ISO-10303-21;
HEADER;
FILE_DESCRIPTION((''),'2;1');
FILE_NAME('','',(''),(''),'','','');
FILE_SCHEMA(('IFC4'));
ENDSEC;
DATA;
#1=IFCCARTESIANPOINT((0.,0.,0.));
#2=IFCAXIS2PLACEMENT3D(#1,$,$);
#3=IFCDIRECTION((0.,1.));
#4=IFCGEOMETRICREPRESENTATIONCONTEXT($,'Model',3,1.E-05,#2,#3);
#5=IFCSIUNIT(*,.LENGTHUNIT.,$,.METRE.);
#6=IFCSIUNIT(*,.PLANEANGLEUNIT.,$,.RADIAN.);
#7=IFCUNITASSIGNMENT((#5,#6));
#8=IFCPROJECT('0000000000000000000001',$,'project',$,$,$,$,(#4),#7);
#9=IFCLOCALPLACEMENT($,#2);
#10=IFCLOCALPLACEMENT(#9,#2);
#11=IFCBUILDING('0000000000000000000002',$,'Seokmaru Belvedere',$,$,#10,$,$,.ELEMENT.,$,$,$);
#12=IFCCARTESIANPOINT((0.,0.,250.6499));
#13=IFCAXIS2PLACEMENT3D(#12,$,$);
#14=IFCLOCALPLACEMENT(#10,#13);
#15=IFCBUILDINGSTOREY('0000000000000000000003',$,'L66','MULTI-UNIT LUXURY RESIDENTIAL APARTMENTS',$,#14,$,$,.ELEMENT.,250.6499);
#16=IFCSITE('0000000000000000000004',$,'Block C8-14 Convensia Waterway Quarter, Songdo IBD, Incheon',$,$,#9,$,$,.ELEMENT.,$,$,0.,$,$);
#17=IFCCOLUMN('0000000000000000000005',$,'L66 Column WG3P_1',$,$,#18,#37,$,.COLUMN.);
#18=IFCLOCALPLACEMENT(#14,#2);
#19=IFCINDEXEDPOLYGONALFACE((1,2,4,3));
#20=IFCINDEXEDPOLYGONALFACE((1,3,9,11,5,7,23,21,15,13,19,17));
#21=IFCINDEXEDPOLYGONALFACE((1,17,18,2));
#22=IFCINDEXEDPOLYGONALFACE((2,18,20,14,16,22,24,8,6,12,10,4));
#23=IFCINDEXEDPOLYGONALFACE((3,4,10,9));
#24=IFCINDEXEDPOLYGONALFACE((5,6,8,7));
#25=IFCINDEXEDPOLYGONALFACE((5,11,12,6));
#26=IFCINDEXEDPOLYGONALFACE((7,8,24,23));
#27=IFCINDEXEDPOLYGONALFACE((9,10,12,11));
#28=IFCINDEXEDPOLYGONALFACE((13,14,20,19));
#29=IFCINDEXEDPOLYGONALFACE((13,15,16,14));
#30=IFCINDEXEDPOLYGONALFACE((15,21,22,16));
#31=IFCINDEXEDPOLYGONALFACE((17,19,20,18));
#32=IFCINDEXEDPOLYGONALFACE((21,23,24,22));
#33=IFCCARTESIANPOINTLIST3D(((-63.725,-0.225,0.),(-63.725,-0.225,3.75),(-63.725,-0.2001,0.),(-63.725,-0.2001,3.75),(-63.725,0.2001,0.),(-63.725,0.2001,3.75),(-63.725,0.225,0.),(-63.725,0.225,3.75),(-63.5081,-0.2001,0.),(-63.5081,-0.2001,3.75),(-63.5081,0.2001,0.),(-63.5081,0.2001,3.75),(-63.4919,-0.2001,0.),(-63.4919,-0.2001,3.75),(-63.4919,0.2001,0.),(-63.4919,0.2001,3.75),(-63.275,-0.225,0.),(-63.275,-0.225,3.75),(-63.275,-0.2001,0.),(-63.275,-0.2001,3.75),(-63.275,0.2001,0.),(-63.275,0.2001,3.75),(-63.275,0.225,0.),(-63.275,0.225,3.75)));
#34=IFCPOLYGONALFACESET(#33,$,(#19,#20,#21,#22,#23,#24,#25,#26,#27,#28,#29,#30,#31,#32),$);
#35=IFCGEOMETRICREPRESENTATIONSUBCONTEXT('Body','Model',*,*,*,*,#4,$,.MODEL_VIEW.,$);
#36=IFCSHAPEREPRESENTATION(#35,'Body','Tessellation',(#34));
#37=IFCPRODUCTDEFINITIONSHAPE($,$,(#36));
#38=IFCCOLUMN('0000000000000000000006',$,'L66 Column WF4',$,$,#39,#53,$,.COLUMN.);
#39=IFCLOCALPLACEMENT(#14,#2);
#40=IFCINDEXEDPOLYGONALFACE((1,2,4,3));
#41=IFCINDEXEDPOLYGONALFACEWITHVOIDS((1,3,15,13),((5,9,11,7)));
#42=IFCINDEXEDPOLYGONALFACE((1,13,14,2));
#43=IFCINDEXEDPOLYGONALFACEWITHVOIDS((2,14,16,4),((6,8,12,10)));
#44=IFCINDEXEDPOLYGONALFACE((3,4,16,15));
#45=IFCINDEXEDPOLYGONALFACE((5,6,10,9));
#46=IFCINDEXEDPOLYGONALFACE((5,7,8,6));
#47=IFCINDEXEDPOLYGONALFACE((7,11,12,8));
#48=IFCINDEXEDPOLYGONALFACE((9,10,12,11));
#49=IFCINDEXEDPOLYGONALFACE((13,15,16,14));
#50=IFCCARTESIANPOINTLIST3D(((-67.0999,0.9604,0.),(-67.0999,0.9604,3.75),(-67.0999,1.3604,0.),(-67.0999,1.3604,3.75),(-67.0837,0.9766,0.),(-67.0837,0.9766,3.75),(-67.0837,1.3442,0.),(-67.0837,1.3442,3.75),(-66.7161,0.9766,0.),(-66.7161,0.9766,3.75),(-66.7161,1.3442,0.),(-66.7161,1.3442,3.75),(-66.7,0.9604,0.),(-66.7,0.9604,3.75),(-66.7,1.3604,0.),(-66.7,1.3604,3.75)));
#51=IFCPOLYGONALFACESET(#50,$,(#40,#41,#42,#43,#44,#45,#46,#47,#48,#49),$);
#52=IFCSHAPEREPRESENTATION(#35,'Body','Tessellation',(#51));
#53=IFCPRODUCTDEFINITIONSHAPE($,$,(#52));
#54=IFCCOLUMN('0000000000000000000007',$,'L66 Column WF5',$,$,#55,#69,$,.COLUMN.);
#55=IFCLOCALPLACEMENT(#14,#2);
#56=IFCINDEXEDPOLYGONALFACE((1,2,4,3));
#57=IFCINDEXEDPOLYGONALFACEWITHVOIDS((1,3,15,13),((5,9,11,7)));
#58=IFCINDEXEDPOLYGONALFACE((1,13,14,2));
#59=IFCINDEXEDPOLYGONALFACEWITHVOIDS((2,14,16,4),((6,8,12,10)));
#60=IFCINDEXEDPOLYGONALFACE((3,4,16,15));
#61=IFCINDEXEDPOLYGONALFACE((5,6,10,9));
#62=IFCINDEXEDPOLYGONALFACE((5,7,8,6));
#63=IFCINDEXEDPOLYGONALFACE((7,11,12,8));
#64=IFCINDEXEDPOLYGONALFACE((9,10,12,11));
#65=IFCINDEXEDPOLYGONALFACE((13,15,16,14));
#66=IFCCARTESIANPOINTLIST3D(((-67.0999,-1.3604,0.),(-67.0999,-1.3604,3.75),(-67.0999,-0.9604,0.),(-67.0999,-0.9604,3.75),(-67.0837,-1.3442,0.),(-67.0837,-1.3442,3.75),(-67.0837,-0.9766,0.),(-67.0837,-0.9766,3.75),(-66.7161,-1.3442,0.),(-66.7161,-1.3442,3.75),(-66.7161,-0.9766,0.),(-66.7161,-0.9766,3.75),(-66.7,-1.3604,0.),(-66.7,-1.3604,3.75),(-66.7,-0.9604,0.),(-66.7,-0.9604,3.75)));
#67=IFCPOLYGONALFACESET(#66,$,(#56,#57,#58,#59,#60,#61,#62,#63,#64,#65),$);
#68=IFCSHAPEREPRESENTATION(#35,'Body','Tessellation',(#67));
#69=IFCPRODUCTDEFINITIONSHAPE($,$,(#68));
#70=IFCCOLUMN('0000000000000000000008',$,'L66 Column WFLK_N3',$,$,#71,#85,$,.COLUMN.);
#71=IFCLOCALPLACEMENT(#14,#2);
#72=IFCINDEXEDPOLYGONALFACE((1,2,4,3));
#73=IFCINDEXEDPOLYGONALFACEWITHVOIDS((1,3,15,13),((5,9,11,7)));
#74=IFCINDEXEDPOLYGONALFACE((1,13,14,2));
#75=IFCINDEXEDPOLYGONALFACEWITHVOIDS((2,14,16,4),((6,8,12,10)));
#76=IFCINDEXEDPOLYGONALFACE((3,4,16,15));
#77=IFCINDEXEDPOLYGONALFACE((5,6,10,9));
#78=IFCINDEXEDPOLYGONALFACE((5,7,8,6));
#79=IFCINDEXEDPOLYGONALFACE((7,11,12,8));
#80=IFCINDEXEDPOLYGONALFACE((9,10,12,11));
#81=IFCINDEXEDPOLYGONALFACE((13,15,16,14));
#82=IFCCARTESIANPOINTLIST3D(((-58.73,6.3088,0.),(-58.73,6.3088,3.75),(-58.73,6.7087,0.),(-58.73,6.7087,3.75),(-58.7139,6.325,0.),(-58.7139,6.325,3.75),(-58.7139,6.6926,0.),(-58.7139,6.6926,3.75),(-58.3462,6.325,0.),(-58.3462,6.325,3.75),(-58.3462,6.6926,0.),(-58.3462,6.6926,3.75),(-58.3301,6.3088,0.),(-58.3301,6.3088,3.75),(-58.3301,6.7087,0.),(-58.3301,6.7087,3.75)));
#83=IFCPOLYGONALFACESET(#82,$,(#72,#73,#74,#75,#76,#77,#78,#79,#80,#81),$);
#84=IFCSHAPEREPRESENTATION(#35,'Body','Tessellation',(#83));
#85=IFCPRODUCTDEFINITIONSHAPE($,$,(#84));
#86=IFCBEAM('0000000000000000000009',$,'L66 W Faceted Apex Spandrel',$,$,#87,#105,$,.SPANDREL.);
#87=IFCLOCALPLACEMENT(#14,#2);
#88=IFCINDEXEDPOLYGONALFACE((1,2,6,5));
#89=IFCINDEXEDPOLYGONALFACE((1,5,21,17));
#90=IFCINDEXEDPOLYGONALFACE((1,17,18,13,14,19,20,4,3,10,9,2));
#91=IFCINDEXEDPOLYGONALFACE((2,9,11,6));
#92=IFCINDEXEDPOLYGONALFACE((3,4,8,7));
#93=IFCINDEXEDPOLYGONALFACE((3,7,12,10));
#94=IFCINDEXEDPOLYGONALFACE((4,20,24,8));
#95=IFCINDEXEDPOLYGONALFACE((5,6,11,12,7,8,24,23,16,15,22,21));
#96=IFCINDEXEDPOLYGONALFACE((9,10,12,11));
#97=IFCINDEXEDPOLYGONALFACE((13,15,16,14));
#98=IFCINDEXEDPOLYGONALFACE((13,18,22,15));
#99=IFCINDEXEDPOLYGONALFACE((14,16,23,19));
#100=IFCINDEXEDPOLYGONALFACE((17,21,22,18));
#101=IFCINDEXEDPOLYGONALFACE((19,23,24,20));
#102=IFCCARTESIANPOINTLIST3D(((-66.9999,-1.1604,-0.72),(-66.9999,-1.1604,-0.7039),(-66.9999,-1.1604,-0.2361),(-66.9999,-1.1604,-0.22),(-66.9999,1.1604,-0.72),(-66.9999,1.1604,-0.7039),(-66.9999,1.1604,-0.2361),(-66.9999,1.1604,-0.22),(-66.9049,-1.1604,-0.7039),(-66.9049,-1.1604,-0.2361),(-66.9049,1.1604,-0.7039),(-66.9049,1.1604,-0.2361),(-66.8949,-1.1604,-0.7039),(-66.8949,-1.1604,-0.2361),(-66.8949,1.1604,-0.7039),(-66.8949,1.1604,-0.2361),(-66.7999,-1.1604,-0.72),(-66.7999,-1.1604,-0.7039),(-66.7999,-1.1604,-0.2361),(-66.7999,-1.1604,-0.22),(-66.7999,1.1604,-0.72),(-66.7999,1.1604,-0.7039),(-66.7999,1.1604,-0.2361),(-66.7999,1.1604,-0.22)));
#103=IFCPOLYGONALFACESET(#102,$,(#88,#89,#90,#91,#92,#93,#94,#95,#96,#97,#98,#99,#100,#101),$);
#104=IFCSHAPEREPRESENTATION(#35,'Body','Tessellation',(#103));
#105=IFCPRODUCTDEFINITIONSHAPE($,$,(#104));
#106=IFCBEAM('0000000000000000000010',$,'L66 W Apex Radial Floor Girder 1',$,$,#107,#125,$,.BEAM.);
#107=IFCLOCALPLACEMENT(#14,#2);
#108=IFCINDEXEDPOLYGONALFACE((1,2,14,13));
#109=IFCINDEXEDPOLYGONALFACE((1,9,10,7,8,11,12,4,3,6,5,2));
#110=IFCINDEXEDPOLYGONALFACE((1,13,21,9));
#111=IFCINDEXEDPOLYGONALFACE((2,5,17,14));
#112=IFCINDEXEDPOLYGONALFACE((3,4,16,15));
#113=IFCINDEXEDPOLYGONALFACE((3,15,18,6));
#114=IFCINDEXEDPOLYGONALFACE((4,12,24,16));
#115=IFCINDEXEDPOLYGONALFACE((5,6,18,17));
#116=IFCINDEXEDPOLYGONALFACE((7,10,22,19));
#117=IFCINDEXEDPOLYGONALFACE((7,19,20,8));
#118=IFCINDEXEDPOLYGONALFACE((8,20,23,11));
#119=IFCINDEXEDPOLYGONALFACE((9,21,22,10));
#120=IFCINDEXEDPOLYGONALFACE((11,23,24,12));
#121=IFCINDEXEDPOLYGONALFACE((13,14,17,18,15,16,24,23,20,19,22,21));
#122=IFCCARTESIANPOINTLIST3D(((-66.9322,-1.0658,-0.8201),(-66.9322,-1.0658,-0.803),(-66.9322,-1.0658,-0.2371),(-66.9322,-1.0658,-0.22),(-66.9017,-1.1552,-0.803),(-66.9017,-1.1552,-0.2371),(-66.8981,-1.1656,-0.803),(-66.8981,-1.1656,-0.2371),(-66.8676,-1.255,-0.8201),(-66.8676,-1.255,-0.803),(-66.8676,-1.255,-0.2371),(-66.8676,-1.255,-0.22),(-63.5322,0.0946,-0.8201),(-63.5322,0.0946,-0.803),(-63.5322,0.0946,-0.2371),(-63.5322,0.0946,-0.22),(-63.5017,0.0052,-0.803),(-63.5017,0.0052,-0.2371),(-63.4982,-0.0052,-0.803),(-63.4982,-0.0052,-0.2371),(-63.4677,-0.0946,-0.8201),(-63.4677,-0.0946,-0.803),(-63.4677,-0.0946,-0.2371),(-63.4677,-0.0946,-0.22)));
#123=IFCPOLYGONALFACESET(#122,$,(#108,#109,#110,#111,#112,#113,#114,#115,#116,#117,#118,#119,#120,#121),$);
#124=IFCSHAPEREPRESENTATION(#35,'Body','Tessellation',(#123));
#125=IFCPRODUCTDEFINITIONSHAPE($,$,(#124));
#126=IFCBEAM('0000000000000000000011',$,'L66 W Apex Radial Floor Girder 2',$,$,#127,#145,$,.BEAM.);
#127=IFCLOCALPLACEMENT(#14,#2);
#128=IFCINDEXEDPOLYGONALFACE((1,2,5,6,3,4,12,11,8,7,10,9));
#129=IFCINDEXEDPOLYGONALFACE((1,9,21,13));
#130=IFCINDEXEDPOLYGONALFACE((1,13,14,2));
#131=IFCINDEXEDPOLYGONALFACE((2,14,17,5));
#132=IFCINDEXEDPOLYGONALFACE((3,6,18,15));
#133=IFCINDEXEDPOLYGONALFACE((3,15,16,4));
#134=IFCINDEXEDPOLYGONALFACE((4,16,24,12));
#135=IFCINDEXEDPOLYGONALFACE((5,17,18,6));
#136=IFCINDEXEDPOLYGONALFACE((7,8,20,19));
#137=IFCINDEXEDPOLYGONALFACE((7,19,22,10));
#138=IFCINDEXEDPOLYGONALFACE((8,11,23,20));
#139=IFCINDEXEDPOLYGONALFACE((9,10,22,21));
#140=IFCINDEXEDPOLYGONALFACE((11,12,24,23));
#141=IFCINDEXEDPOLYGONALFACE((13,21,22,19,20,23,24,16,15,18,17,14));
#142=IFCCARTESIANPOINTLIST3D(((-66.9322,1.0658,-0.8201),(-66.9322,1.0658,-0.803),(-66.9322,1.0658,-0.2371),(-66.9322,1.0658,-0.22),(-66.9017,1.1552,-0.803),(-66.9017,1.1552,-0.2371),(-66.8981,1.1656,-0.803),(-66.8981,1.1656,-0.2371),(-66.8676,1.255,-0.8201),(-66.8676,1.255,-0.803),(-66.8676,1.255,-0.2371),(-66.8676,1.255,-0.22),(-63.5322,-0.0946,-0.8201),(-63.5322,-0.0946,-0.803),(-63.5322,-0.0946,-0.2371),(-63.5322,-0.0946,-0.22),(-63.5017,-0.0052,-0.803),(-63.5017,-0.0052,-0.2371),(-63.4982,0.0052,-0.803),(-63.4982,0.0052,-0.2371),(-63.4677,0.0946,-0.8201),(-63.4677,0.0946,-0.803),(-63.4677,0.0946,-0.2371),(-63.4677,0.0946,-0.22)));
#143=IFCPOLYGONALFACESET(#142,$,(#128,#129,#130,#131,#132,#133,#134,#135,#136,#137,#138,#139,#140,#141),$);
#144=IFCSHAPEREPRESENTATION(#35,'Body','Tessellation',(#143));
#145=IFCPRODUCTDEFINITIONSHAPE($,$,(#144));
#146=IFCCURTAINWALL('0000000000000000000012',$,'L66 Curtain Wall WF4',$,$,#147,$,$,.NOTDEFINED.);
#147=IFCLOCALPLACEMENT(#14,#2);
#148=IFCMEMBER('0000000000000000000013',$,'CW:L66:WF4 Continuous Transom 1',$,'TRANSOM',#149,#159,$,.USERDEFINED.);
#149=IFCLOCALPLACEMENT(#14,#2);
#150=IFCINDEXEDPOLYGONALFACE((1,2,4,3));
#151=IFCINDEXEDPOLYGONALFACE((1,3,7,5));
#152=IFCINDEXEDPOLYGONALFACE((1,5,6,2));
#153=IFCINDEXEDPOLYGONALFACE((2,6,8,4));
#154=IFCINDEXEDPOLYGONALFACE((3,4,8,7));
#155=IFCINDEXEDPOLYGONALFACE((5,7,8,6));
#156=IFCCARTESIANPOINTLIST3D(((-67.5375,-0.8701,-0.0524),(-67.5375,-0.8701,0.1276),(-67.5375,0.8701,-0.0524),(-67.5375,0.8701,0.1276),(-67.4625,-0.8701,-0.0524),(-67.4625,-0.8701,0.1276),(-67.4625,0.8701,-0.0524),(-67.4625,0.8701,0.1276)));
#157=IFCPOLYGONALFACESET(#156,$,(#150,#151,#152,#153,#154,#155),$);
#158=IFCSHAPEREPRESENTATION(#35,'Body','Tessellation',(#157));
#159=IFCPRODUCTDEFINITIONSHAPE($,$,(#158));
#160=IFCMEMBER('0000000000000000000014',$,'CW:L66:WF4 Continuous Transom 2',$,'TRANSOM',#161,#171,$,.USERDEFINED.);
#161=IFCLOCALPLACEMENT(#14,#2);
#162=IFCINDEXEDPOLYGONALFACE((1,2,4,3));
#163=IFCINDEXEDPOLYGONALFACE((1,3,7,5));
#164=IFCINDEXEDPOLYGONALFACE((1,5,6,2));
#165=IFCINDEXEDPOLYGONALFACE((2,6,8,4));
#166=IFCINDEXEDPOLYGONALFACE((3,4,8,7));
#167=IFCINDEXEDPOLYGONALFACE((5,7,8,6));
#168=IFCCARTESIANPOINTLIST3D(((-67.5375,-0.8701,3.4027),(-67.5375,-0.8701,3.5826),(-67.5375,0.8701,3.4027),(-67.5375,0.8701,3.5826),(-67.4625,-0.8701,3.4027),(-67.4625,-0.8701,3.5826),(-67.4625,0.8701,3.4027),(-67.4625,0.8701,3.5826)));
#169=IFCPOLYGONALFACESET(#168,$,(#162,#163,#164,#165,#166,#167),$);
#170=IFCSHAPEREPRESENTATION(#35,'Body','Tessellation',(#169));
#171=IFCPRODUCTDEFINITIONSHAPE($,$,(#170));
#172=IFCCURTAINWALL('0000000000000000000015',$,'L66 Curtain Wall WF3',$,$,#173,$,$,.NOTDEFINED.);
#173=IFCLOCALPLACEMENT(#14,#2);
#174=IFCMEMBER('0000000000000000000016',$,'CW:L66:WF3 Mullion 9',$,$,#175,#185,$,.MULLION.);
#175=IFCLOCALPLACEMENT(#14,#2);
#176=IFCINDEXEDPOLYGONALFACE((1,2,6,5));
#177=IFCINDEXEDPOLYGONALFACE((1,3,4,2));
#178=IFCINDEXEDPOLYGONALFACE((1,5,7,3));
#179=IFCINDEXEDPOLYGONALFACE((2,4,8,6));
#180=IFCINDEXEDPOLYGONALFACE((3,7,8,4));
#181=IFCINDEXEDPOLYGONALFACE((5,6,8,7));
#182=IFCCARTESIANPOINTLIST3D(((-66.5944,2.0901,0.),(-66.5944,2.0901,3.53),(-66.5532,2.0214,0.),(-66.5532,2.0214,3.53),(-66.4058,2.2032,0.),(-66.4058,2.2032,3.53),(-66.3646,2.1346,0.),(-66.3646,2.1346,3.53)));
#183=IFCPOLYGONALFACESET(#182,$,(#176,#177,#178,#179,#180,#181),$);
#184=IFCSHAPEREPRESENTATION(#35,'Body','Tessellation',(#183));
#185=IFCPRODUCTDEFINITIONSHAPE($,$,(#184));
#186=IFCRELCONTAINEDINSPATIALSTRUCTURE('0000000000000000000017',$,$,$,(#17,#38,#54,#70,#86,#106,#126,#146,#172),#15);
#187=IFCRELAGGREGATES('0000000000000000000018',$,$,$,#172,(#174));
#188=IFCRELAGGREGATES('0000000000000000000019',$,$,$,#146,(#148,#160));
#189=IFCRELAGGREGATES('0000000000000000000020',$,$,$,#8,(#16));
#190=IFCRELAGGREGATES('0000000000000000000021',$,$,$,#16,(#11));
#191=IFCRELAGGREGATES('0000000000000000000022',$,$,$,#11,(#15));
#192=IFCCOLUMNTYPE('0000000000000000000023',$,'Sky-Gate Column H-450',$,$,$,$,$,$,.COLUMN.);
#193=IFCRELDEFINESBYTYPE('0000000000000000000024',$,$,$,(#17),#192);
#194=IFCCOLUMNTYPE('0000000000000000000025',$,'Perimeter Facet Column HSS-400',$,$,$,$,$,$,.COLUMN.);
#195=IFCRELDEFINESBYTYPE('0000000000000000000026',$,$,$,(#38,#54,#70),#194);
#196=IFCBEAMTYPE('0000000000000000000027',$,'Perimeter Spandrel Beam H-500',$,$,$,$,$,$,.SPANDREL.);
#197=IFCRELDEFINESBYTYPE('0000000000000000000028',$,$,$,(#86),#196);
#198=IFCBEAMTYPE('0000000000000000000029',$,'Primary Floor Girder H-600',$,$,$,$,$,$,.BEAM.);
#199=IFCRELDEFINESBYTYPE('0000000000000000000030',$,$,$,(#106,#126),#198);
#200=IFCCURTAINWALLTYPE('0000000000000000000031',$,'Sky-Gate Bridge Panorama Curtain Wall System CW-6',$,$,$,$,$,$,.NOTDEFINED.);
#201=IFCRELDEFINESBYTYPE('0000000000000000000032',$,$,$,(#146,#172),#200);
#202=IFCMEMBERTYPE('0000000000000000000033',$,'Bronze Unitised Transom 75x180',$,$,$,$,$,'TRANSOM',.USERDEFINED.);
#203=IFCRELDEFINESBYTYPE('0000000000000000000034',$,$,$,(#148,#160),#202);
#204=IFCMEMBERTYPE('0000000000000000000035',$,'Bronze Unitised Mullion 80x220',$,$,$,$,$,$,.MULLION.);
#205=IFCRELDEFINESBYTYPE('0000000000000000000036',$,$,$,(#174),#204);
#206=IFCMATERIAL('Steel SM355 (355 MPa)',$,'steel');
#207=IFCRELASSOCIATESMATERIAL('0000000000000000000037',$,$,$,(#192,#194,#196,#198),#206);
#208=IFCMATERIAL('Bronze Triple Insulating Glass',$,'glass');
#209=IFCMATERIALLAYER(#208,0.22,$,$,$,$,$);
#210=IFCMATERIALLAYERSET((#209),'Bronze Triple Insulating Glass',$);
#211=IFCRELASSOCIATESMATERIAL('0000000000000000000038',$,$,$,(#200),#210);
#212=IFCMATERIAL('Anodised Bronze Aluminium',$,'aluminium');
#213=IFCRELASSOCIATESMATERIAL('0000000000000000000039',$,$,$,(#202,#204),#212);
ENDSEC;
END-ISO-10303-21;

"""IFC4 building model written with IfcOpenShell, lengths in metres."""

from ifc_helpers import new_model, si_unit, direction, frame, origin, origin_2d, place, context, subcontext, project, spatial, rectangle, hollow_rectangle, i_section, extrude, source, transform, mapped, material, layer, layer_set, material_profile, profile_set, type_object, type_shapes, element, aggregate, save


model = new_model("IFC4")

# Units and contexts
model_context = context("Model", 3, precision=1e-05, world=origin(), true_north=direction((0.0, 1.0)))
body_context = subcontext(model_context, "Body", "Model", "MODEL_VIEW")
ifc_project = project(units=[si_unit("LENGTHUNIT", "METRE"), si_unit("PLANEANGLEUNIT", "RADIAN")], contexts=[model_context])

# Site, building, storey
site_placement = place(None, origin())
site = spatial("IfcSite", under=ifc_project, at=site_placement, Name="Block C8-14 Convensia Waterway Quarter, Songdo IBD, Incheon", CompositionType="ELEMENT", RefElevation=0.0)
building_placement = place(site_placement, origin())
building = spatial("IfcBuilding", under=site, at=building_placement, Name="Seokmaru Belvedere", CompositionType="ELEMENT")
storey_placement = place(building_placement, frame((0.0, 0.0, 250.6499)))
storey = spatial("IfcBuildingStorey", under=building, at=storey_placement, Name="L66", Description="MULTI-UNIT LUXURY RESIDENTIAL APARTMENTS", CompositionType="ELEMENT", Elevation=250.6499)

# Columns
ifc_material_1 = material(Name="Steel SM355 (355 MPa)", Category="steel")
ifc_material_profile_1 = material_profile(ifc_material_1, i_section(OverallWidth=0.45, OverallDepth=0.45, WebThickness=0.0161, FlangeThickness=0.0249, at=origin_2d()), Name="H-450x450x16x25")
ifc_profile_set_1 = profile_set([ifc_material_profile_1], Name="Steel SM355 (355 MPa)")
column_type_1 = type_object("IfcColumnType", Name="Sky-Gate Column H-450", PredefinedType="COLUMN", material=ifc_profile_set_1)
shared_shape_1 = source(origin(), body_context, "Body", "SweptSolid", [
    extrude(i_section(OverallWidth=0.45, OverallDepth=0.45, WebThickness=0.0161, FlangeThickness=0.0249, at=origin_2d()), origin(), (0.0, 0.0, 1.0), 3.75),
])
type_shapes(column_type_1, [shared_shape_1])
column_placement = place(storey_placement, frame((-63.5, 0.0, 0.0), z_axis=(0.0, 0.0, 1.0), x_axis=(1.0, 0.0, 0.0)))
element("IfcColumn", 1, at=column_placement, inside=storey, type_object=column_type_1, Name="L66 Column WG3P_1", PredefinedType="COLUMN", context=body_context, shape_type="MappedRepresentation", body=[
    mapped(shared_shape_1, transform((0.0, 0.0, 0.0), scale=1.0)),
])
ifc_material_profile_2 = material_profile(ifc_material_1, hollow_rectangle(XDim=0.3999, YDim=0.3999, WallThickness=0.0161, at=origin_2d()), Name="HSS-400x400x16")
ifc_profile_set_2 = profile_set([ifc_material_profile_2], Name="Steel SM355 (355 MPa)")
column_type_2 = type_object("IfcColumnType", Name="Perimeter Facet Column HSS-400", PredefinedType="COLUMN", material=ifc_profile_set_2)
shared_shape_2 = source(origin(), body_context, "Body", "SweptSolid", [
    extrude(hollow_rectangle(XDim=0.3999, YDim=0.3999, WallThickness=0.0161, at=origin_2d()), origin(), (0.0, 0.0, 1.0), 3.75),
])
type_shapes(column_type_2, [shared_shape_2])
for number, where, z_axis, x_axis, name in (
    (2, (-66.8999, 1.1604, 0.0), (0.0, 0.0, 1.0), (1.0, 0.0, 0.0), "L66 Column WF4"),
    (3, (-66.8999, -1.1604, 0.0), (0.0, 0.0, 1.0), (1.0, 0.0, 0.0), "L66 Column WF5"),
    (4, (-58.53, 6.5088, 0.0), (0.0, 0.0, 1.0), (1.0, 0.0, 0.0), "L66 Column WFLK_N3"),
):
    element("IfcColumn", number, at=place(storey_placement, frame(where, z_axis=z_axis, x_axis=x_axis)), inside=storey, type_object=column_type_2, Name=name, PredefinedType="COLUMN", context=body_context, shape_type="MappedRepresentation", body=[
        mapped(shared_shape_2, transform((0.0, 0.0, 0.0), scale=1.0)),
    ])

# Beams
ifc_material_profile_3 = material_profile(ifc_material_1, i_section(OverallWidth=0.2, OverallDepth=0.5, WebThickness=0.01, FlangeThickness=0.0161, at=origin_2d()), Name="H-500x200x10x16")
ifc_profile_set_3 = profile_set([ifc_material_profile_3], Name="Steel SM355 (355 MPa)")
beam_type_1 = type_object("IfcBeamType", Name="Perimeter Spandrel Beam H-500", PredefinedType="SPANDREL", material=ifc_profile_set_3)
shared_shape_3 = source(origin(), body_context, "Body", "SweptSolid", [
    extrude(i_section(OverallWidth=0.2, OverallDepth=0.5, WebThickness=0.01, FlangeThickness=0.0161, at=origin_2d()), origin(), (0.0, 0.0, 1.0), 2.3208),
])
type_shapes(beam_type_1, [shared_shape_3])
beam_placement = place(storey_placement, frame((-66.8999, -1.1604, -0.47), z_axis=(0.0, 1.0, 0.0), x_axis=(-1.0, 0.0, 0.0)))
element("IfcBeam", 5, at=beam_placement, inside=storey, type_object=beam_type_1, Name="L66 W Faceted Apex Spandrel", PredefinedType="SPANDREL", context=body_context, shape_type="MappedRepresentation", body=[
    mapped(shared_shape_3, transform((0.0, 0.0, 0.0), scale=1.0)),
])
ifc_material_profile_4 = material_profile(ifc_material_1, i_section(OverallWidth=0.2, OverallDepth=0.6001, WebThickness=0.011, FlangeThickness=0.0171, at=origin_2d()), Name="H-600x200x11x17")
ifc_profile_set_4 = profile_set([ifc_material_profile_4], Name="Steel SM355 (355 MPa)")
beam_type_2 = type_object("IfcBeamType", Name="Primary Floor Girder H-600", PredefinedType="BEAM", material=ifc_profile_set_4)
shared_shape_4 = source(origin(), body_context, "Body", "SweptSolid", [
    extrude(i_section(OverallWidth=0.2, OverallDepth=0.6001, WebThickness=0.011, FlangeThickness=0.0171, at=origin_2d()), origin(), (0.0, 0.0, 1.0), 3.5925),
])
type_shapes(beam_type_2, [shared_shape_4])
for number, where, z_axis, x_axis, name in (
    (6, (-66.8999, -1.1604, -0.52), (0.946396, 0.323009, 0.0), (-0.323009, 0.946396, 0.0), "L66 W Apex Radial Floor Girder 1"),
    (7, (-66.8999, 1.1604, -0.52), (0.946396, -0.323009, 0.0), (0.323009, 0.946396, 0.0), "L66 W Apex Radial Floor Girder 2"),
):
    element("IfcBeam", number, at=place(storey_placement, frame(where, z_axis=z_axis, x_axis=x_axis)), inside=storey, type_object=beam_type_2, Name=name, PredefinedType="BEAM", context=body_context, shape_type="MappedRepresentation", body=[
        mapped(shared_shape_4, transform((0.0, 0.0, 0.0), scale=1.0)),
    ])

# Curtain wall, members
ifc_material_2 = material(Name="Bronze Triple Insulating Glass", Category="glass")
ifc_layer_1 = layer(ifc_material_2, 0.22)
ifc_layer_set_1 = layer_set([ifc_layer_1], Name="Bronze Triple Insulating Glass")
curtain_wall_type = type_object("IfcCurtainWallType", Name="Sky-Gate Bridge Panorama Curtain Wall System CW-6", PredefinedType="NOTDEFINED", material=ifc_layer_set_1)
curtain_wall_1_placement = place(storey_placement, origin())
curtain_wall_1 = element("IfcCurtainWall", 8, at=curtain_wall_1_placement, inside=storey, type_object=curtain_wall_type, Name="L66 Curtain Wall WF4", PredefinedType="NOTDEFINED")
ifc_material_3 = material(Name="Anodised Bronze Aluminium", Category="aluminium")
ifc_material_profile_5 = material_profile(ifc_material_3, rectangle(XDim=0.075, YDim=0.1799, at=origin_2d()), Name="CW-T-75x180")
ifc_profile_set_5 = profile_set([ifc_material_profile_5], Name="Anodised Bronze Aluminium")
member_type_1 = type_object("IfcMemberType", Name="Bronze Unitised Transom 75x180", ElementType="TRANSOM", PredefinedType="USERDEFINED", material=ifc_profile_set_5)
shared_shape_5 = source(origin(), body_context, "Body", "SweptSolid", [
    extrude(rectangle(XDim=0.075, YDim=0.1799, at=origin_2d()), origin(), (0.0, 0.0, 1.0), 1.7402),
])
type_shapes(member_type_1, [shared_shape_5])
member_1_placement = place(storey_placement, frame((-67.5, 0.8701, 0.0376), z_axis=(0.0, -1.0, 0.0), x_axis=(1.0, 0.0, 0.0)))
member_1 = element("IfcMember", 9, at=member_1_placement, type_object=member_type_1, Name="CW:L66:WF4 Continuous Transom 1", ObjectType="TRANSOM", PredefinedType="USERDEFINED", context=body_context, shape_type="MappedRepresentation", body=[
    mapped(shared_shape_5, transform((0.0, 0.0, 0.0), scale=1.0)),
])
member_2_placement = place(storey_placement, frame((-67.5, 0.8701, 3.4927), z_axis=(0.0, -1.0, 0.0), x_axis=(1.0, 0.0, 0.0)))
member_2 = element("IfcMember", 10, at=member_2_placement, type_object=member_type_1, Name="CW:L66:WF4 Continuous Transom 2", ObjectType="TRANSOM", PredefinedType="USERDEFINED", context=body_context, shape_type="MappedRepresentation", body=[
    mapped(shared_shape_5, transform((0.0, 0.0, 0.0), scale=1.0)),
])

# Curtain wall, member
curtain_wall_2_placement = place(storey_placement, origin())
curtain_wall_2 = element("IfcCurtainWall", 11, at=curtain_wall_2_placement, inside=storey, type_object=curtain_wall_type, Name="L66 Curtain Wall WF3", PredefinedType="NOTDEFINED")
ifc_material_profile_6 = material_profile(ifc_material_3, rectangle(XDim=0.0801, YDim=0.22, at=origin_2d()), Name="CW-M-80x220")
ifc_profile_set_6 = profile_set([ifc_material_profile_6], Name="Anodised Bronze Aluminium")
member_type_2 = type_object("IfcMemberType", Name="Bronze Unitised Mullion 80x220", PredefinedType="MULLION", material=ifc_profile_set_6)
shared_shape_6 = source(origin(), body_context, "Body", "SweptSolid", [
    extrude(rectangle(XDim=0.0801, YDim=0.22, at=origin_2d()), origin(), (0.0, 0.0, 1.0), 3.53),
])
member_3_placement = place(storey_placement, frame((-66.4795, 2.1123, 0.0), z_axis=(0.0, 0.0, 1.0), x_axis=(0.514495, -0.857493, 0.0)))
member_3 = element("IfcMember", 12, at=member_3_placement, type_object=member_type_2, Name="CW:L66:WF3 Mullion 9", PredefinedType="MULLION", context=body_context, shape_type="MappedRepresentation", body=[
    mapped(shared_shape_6, transform((0.0, 0.0, 0.0), scale=1.0)),
])

aggregate(curtain_wall_2, [member_3])
aggregate(curtain_wall_1, [member_1, member_2])

save(model, "model.ifc")
